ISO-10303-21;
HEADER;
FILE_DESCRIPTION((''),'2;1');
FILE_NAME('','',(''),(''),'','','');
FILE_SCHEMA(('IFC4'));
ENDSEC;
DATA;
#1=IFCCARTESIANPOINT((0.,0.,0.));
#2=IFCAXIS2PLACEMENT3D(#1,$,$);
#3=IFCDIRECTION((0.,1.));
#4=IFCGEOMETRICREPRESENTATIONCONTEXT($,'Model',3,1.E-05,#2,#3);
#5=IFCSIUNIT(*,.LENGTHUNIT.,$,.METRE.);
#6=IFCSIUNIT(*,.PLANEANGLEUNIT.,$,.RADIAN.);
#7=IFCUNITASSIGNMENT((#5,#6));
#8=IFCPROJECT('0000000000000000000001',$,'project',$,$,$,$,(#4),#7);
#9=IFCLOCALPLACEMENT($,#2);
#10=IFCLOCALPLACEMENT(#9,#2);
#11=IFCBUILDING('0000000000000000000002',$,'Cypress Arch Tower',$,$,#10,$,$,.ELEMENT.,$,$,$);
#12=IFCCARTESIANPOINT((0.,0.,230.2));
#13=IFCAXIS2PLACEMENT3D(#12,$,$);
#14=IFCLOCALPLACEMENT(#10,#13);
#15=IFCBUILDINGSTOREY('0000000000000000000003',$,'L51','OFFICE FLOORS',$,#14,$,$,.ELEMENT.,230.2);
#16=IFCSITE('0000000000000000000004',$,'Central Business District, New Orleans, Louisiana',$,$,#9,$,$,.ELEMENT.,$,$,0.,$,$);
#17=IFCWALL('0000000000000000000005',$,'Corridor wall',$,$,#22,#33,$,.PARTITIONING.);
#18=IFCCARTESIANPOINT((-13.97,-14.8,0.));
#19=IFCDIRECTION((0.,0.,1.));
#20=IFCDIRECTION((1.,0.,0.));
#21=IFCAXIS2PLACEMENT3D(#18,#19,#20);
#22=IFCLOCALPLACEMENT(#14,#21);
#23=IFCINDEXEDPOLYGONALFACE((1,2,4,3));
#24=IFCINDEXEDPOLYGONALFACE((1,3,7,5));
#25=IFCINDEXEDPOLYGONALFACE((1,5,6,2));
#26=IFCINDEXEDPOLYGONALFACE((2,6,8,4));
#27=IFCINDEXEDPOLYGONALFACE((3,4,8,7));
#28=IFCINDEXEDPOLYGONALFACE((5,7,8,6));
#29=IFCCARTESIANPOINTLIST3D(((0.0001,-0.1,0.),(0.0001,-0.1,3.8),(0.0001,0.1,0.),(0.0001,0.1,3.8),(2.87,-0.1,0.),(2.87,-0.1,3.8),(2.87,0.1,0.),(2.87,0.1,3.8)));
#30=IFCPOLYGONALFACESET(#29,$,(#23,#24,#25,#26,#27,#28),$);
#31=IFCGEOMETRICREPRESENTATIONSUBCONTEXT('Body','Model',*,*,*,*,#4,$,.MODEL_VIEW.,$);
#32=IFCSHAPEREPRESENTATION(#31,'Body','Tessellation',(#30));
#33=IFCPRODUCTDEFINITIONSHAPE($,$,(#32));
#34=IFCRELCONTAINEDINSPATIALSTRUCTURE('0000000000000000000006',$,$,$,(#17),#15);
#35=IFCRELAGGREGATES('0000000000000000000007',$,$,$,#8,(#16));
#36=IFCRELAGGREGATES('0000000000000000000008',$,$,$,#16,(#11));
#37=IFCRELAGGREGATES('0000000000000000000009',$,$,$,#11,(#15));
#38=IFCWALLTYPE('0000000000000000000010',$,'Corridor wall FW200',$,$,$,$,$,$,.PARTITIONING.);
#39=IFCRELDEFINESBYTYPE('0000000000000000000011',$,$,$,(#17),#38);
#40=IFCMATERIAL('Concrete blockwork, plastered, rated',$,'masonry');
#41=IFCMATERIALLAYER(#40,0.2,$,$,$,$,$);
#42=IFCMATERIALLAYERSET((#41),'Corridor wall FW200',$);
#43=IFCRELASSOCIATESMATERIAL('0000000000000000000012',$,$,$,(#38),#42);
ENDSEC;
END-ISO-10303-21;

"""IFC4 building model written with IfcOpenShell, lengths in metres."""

from ifc_helpers import new_model, si_unit, direction, frame, frame_2d, origin, place, context, subcontext, project, spatial, rectangle, extrude, material, layer, layer_set, type_object, element, save


model = new_model("IFC4")

# Units and contexts
model_context = context("Model", 3, precision=1e-05, world=origin(), true_north=direction((0.0, 1.0)))
body_context = subcontext(model_context, "Body", "Model", "MODEL_VIEW")
ifc_project = project(units=[si_unit("LENGTHUNIT", "METRE"), si_unit("PLANEANGLEUNIT", "RADIAN")], contexts=[model_context])

# Site, building, storey
site_placement = place(None, origin())
site = spatial("IfcSite", under=ifc_project, at=site_placement, Name="Central Business District, New Orleans, Louisiana", CompositionType="ELEMENT", RefElevation=0.0)
building_placement = place(site_placement, origin())
building = spatial("IfcBuilding", under=site, at=building_placement, Name="Cypress Arch Tower", CompositionType="ELEMENT")
storey_placement = place(building_placement, frame((0.0, 0.0, 230.2)))
storey = spatial("IfcBuildingStorey", under=building, at=storey_placement, Name="L51", Description="OFFICE FLOORS", CompositionType="ELEMENT", Elevation=230.2)

# Wall
ifc_material_1 = material(Name="Concrete blockwork, plastered, rated", Category="masonry")
ifc_layer_1 = layer(ifc_material_1, 0.2)
ifc_layer_set_1 = layer_set([ifc_layer_1], Name="Corridor wall FW200")
wall_type_1 = type_object("IfcWallType", Name="Corridor wall FW200", PredefinedType="PARTITIONING", material=ifc_layer_set_1)
wall_1_placement = place(storey_placement, frame((-13.97, -14.8, 0.0), z_axis=(0.0, 0.0, 1.0), x_axis=(1.0, 0.0, 0.0)))
element("IfcWall", 1, at=wall_1_placement, inside=storey, type_object=wall_type_1, Name="Corridor wall", PredefinedType="PARTITIONING", context=body_context, shape_type="SweptSolid", body=[
    extrude(rectangle(XDim=2.8699, YDim=0.2, at=frame_2d((1.4351, 0.0))), origin(), (0.0, 0.0, 1.0), 3.8),
])

save(model, "model.ifc")
